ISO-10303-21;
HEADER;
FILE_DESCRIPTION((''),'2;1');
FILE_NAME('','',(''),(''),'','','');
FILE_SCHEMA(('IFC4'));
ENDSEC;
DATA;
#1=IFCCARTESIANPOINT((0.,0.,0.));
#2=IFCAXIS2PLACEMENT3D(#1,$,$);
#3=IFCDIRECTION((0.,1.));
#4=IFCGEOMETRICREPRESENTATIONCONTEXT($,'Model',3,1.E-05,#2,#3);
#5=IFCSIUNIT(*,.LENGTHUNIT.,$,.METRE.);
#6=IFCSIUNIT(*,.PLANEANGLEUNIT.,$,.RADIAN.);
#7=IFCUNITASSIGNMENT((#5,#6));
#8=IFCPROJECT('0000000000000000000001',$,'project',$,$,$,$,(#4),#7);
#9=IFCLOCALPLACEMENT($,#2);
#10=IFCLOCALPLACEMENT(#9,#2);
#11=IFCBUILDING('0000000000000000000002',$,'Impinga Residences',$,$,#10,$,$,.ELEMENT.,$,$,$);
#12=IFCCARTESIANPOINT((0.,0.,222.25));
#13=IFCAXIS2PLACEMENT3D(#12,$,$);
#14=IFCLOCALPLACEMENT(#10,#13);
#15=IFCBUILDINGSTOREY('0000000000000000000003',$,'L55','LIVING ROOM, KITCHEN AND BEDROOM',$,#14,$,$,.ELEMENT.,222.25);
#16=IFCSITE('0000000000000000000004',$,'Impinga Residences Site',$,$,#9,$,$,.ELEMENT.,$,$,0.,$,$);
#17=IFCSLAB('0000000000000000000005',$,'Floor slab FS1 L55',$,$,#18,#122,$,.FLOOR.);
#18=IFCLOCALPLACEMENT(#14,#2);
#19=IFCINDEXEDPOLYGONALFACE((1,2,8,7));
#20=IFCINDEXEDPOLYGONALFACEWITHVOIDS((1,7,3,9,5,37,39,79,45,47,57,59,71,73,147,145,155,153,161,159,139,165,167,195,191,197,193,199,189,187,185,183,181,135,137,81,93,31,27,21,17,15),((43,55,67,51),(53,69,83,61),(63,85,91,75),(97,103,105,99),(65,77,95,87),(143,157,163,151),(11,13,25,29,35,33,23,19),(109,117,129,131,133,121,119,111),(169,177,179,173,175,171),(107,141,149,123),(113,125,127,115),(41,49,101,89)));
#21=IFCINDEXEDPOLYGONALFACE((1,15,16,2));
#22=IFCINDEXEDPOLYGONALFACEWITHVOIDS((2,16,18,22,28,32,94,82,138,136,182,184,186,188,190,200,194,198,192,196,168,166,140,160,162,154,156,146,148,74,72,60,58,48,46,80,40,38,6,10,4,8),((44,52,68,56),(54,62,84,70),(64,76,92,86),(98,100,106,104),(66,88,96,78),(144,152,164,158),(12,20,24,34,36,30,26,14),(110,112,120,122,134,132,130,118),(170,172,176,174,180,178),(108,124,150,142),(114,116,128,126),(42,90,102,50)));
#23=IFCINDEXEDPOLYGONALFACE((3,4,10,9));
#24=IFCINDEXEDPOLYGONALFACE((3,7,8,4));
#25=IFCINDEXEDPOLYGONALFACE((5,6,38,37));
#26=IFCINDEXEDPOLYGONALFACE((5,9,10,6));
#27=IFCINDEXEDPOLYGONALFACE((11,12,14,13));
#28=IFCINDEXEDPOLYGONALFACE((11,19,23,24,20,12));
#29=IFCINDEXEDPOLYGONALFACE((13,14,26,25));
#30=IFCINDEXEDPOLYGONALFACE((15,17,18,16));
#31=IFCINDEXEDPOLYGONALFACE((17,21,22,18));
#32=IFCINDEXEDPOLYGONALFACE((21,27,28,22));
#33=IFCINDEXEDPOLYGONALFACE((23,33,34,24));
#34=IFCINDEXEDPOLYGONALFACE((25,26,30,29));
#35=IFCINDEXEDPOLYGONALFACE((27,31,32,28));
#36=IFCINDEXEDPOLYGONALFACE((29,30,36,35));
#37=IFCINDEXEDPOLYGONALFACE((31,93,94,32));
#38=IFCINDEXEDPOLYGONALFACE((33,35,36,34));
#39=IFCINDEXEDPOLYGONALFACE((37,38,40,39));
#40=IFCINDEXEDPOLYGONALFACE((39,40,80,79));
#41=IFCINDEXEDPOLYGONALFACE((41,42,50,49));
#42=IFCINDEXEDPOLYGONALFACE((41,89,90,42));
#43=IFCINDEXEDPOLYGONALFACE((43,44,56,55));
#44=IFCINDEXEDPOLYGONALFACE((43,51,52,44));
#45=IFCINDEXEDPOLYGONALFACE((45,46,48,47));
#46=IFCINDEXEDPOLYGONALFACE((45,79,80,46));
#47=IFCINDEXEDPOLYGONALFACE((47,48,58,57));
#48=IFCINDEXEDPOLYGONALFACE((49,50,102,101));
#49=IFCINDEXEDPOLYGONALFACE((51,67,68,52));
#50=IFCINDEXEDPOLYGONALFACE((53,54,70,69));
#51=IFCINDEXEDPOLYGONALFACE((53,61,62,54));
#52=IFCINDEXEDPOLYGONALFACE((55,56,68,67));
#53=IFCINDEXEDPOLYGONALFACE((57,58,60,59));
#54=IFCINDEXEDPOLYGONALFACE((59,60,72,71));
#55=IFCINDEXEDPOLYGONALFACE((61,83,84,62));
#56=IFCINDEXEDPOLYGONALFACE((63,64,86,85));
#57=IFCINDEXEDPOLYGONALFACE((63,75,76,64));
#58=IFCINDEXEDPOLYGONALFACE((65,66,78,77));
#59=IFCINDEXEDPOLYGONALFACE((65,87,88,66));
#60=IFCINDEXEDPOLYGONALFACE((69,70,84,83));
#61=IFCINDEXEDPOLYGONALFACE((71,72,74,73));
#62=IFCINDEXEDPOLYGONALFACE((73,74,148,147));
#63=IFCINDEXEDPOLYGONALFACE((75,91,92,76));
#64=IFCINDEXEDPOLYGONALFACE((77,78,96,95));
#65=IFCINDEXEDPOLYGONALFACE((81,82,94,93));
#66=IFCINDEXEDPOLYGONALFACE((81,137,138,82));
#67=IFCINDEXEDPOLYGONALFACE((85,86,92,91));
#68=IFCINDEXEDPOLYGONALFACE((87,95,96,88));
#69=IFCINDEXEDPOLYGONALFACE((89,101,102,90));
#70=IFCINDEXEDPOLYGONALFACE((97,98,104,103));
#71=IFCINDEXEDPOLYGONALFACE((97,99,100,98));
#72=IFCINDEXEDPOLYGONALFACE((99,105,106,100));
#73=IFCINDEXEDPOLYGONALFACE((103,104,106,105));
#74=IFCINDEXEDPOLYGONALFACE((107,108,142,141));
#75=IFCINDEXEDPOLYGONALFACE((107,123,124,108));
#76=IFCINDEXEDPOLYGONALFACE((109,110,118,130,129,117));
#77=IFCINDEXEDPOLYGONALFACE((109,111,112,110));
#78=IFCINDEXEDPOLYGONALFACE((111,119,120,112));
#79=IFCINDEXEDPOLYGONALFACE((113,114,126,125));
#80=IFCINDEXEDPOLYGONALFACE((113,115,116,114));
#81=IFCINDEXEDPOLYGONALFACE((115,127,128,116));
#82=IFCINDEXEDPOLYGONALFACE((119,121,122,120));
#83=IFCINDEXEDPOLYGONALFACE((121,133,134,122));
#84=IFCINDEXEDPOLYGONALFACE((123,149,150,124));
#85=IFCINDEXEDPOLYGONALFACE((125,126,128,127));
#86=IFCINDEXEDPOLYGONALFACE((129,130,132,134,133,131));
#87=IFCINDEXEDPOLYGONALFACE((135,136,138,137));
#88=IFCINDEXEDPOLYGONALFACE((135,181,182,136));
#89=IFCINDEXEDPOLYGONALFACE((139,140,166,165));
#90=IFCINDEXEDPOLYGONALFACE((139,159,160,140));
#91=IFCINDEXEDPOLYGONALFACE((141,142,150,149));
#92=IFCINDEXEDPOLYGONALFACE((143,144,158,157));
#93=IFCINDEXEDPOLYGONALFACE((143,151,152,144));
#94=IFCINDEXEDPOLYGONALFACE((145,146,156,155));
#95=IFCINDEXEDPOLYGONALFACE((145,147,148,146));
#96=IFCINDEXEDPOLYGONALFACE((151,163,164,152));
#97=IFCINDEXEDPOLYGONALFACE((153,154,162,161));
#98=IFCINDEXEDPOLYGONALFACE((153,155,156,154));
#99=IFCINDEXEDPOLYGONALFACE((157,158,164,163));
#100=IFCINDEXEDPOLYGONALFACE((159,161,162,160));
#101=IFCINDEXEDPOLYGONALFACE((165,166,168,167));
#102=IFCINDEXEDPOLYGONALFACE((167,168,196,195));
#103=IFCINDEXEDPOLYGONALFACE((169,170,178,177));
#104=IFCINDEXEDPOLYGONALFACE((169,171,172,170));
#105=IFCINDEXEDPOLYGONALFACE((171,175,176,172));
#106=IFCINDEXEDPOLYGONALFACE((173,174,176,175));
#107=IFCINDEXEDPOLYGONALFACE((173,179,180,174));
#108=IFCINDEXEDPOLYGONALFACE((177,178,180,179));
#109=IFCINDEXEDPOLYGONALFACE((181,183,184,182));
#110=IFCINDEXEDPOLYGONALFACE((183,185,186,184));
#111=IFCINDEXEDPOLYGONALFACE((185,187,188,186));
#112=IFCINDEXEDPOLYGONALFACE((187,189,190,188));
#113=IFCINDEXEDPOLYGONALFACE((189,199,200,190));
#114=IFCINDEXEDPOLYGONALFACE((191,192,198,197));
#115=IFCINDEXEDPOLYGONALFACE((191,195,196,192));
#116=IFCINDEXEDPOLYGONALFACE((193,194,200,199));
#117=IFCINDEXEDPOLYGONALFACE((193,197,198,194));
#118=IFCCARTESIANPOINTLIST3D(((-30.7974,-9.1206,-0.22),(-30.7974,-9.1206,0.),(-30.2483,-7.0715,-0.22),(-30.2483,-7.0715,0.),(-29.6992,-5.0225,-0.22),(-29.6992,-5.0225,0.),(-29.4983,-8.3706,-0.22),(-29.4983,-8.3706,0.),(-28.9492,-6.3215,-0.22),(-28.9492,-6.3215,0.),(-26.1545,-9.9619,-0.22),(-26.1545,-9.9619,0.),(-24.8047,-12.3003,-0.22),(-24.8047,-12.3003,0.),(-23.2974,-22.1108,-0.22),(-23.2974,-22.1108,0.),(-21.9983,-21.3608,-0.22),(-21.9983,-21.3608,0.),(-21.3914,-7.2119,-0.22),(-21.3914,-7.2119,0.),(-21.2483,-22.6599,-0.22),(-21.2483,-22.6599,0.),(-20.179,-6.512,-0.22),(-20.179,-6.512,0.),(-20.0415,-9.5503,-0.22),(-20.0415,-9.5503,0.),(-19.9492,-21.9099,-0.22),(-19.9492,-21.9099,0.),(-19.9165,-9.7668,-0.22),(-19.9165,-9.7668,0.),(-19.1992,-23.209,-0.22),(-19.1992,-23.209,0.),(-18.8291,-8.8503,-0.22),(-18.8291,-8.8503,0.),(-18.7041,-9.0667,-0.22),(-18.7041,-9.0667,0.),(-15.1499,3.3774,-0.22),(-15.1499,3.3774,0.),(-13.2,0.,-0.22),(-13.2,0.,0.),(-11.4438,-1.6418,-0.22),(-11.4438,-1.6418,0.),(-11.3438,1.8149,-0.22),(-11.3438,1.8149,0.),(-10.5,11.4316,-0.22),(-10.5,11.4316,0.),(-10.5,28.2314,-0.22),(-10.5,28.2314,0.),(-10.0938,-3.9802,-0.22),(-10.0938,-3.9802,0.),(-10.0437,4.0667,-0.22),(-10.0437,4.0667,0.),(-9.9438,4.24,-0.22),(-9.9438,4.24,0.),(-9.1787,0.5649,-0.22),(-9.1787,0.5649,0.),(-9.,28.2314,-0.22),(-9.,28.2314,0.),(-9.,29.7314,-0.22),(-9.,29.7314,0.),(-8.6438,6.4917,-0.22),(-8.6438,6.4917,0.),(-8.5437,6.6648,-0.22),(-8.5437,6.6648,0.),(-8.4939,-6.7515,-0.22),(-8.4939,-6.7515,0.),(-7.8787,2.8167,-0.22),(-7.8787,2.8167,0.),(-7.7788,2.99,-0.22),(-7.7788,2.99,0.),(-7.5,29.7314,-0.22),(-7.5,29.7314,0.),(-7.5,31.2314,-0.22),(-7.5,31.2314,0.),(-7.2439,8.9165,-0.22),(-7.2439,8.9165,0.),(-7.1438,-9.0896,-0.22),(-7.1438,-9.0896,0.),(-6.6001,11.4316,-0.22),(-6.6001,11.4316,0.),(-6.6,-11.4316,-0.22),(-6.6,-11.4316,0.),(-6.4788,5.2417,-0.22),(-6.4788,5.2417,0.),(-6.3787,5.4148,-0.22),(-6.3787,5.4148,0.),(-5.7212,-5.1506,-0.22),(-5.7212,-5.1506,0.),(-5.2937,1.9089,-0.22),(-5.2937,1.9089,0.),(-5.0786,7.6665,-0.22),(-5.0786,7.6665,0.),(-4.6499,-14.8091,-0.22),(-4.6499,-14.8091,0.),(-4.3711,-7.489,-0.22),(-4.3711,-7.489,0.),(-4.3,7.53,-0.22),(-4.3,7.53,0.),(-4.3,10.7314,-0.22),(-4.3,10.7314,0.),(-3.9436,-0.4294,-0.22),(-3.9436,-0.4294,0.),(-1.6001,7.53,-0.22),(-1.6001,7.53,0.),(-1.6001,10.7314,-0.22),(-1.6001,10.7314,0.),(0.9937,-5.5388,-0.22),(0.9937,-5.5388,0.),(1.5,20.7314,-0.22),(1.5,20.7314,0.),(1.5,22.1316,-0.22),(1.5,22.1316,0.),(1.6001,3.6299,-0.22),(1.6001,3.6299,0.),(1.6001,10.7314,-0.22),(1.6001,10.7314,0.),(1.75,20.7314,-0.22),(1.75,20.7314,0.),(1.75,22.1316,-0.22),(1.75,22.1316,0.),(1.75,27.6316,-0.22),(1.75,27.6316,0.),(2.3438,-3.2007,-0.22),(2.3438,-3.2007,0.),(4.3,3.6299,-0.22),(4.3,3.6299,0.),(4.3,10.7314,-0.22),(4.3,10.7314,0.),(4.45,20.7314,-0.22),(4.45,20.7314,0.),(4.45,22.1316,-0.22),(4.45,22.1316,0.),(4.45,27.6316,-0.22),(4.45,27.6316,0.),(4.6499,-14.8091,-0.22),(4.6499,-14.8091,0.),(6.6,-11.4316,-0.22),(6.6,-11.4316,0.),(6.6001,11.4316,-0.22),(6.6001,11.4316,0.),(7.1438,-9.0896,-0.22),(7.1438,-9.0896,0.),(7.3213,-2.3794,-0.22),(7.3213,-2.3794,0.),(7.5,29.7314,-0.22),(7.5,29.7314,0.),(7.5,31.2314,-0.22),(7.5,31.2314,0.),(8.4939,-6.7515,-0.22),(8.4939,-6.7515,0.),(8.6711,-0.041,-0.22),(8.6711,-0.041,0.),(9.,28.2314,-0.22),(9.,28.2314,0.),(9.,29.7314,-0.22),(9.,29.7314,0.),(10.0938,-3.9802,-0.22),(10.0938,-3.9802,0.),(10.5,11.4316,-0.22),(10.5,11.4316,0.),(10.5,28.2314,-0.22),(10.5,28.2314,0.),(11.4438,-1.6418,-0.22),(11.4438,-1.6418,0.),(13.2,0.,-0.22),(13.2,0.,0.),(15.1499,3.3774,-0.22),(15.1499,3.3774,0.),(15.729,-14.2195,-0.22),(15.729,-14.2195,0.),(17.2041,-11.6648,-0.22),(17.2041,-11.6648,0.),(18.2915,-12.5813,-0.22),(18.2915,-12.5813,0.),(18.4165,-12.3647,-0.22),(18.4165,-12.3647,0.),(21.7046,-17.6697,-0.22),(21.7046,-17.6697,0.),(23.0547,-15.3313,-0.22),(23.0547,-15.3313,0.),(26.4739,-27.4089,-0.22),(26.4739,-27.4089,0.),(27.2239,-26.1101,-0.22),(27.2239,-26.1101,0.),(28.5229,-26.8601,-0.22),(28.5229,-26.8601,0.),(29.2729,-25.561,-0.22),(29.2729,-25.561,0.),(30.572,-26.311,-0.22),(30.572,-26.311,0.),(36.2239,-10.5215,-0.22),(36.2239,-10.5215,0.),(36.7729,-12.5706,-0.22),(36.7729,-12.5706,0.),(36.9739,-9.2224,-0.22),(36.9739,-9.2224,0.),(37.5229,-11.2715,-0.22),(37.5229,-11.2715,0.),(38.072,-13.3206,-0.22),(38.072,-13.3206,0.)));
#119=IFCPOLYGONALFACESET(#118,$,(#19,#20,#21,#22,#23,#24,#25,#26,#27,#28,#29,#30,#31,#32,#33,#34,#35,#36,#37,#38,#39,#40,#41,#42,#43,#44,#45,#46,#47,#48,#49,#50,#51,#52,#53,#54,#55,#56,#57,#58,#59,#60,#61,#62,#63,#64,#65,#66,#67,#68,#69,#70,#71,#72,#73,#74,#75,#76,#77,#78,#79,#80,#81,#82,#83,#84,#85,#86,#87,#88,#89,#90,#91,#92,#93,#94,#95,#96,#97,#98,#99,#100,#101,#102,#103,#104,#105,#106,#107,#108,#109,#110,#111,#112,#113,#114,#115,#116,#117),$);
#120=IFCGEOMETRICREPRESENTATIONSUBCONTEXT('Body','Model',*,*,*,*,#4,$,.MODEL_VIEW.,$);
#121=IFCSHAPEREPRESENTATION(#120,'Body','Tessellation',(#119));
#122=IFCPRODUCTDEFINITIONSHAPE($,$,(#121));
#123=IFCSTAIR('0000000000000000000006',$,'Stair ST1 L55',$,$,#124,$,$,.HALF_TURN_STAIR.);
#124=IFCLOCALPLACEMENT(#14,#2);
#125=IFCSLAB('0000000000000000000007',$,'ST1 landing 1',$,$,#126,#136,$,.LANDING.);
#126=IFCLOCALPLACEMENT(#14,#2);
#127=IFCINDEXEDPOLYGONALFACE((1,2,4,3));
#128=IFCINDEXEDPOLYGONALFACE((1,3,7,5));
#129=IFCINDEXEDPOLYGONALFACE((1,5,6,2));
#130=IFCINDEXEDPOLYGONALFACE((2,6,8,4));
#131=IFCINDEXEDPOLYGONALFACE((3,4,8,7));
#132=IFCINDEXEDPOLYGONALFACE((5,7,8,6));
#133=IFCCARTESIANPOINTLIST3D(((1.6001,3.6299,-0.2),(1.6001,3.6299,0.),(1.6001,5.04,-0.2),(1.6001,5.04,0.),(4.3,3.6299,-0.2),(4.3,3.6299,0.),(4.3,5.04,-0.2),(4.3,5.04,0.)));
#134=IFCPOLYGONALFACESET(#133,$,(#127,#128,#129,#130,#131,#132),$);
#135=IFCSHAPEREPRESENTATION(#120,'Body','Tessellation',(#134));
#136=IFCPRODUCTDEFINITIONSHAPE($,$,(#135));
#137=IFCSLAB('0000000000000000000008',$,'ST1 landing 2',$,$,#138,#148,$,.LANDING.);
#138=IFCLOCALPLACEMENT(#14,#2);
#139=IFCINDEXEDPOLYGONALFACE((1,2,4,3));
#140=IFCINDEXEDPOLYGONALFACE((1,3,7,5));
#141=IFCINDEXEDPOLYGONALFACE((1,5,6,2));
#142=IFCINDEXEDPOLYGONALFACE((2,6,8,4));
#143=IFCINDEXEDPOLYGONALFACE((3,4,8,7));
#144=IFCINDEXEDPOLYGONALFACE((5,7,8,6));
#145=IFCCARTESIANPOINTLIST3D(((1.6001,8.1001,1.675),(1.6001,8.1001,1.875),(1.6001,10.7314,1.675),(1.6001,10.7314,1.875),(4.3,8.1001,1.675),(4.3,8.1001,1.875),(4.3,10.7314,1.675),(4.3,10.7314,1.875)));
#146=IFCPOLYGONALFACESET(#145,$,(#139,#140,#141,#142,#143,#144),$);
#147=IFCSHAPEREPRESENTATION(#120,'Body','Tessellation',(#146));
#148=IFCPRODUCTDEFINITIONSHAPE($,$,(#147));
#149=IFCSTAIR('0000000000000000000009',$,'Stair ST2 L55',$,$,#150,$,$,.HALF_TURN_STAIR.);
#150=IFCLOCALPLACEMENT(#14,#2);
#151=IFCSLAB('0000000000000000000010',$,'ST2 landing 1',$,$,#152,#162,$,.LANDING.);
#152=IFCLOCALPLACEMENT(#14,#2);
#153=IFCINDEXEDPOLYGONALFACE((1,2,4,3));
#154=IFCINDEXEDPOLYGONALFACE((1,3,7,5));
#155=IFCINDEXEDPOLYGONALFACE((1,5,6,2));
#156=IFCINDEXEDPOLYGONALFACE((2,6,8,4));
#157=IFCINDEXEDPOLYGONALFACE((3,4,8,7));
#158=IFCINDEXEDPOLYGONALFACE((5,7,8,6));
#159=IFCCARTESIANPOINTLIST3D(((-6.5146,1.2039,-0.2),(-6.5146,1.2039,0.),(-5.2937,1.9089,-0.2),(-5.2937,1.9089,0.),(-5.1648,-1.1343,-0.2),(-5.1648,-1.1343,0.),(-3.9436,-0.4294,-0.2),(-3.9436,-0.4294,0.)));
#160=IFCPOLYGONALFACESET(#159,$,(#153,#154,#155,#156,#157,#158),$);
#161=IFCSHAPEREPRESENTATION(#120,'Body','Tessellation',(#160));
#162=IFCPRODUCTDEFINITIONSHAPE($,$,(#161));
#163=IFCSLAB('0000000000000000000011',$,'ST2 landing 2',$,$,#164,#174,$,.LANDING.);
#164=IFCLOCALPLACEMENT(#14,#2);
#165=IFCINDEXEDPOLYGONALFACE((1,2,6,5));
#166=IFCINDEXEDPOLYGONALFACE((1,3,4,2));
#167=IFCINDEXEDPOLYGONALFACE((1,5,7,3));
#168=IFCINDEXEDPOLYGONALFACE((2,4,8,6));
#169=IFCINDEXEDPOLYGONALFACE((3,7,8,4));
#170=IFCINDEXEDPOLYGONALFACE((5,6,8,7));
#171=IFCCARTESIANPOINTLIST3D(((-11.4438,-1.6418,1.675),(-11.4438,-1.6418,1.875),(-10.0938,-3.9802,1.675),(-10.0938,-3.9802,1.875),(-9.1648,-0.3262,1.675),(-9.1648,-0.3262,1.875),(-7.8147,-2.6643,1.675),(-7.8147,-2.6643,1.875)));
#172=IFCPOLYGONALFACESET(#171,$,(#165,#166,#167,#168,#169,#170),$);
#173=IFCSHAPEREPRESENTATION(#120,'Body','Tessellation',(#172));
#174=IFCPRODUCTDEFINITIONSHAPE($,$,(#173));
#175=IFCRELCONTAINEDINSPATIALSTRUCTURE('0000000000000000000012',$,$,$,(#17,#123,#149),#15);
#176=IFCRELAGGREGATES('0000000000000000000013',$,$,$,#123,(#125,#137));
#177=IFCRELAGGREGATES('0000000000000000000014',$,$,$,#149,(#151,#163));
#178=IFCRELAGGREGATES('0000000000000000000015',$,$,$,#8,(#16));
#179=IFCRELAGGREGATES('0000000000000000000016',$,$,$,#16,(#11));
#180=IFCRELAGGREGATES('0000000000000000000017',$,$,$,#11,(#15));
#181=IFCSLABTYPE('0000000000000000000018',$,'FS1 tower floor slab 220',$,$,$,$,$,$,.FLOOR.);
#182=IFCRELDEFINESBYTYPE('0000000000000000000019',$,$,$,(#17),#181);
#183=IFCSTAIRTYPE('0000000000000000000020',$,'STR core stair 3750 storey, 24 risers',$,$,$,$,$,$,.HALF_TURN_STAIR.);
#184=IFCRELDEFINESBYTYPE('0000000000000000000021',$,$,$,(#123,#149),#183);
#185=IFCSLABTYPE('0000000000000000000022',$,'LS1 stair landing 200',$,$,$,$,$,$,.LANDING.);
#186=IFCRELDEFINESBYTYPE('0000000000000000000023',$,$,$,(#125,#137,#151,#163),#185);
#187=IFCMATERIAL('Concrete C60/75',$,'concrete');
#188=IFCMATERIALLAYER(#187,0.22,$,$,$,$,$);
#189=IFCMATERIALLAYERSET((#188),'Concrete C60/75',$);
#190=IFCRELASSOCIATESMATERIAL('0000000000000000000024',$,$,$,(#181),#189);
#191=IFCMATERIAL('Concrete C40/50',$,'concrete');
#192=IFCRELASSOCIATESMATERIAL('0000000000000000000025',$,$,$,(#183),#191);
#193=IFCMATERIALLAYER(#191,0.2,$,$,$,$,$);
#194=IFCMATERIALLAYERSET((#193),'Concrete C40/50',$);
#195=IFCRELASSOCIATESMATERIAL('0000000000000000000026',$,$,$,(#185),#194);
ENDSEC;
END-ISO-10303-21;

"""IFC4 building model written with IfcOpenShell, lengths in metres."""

from ifc_helpers import new_model, si_unit, direction, frame, origin, place, context, subcontext, project, spatial, polyline, outline, extrude, material, layer, layer_set, type_object, element, aggregate, save


model = new_model("IFC4")

# Units and contexts
model_context = context("Model", 3, precision=1e-05, world=origin(), true_north=direction((0.0, 1.0)))
body_context = subcontext(model_context, "Body", "Model", "MODEL_VIEW")
ifc_project = project(units=[si_unit("LENGTHUNIT", "METRE"), si_unit("PLANEANGLEUNIT", "RADIAN")], contexts=[model_context])

# Site, building, storey
site_placement = place(None, origin())
site = spatial("IfcSite", under=ifc_project, at=site_placement, Name="Impinga Residences Site", CompositionType="ELEMENT", RefElevation=0.0)
building_placement = place(site_placement, origin())
building = spatial("IfcBuilding", under=site, at=building_placement, Name="Impinga Residences", CompositionType="ELEMENT")
storey_placement = place(building_placement, frame((0.0, 0.0, 222.25)))
storey = spatial("IfcBuildingStorey", under=building, at=storey_placement, Name="L55", Description="LIVING ROOM, KITCHEN AND BEDROOM", CompositionType="ELEMENT", Elevation=222.25)

# Slab
ifc_material_1 = material(Name="Concrete C60/75", Category="concrete")
ifc_layer_1 = layer(ifc_material_1, 0.22)
ifc_layer_set_1 = layer_set([ifc_layer_1], Name="Concrete C60/75")
slab_type_1 = type_object("IfcSlabType", Name="FS1 tower floor slab 220", PredefinedType="FLOOR", material=ifc_layer_set_1)
slab_1_placement = place(storey_placement, frame((0.0, 0.0, -0.22)))
element("IfcSlab", 1, at=slab_1_placement, inside=storey, type_object=slab_type_1, Name="Floor slab FS1 L55", PredefinedType="FLOOR", context=body_context, shape_type="SweptSolid", body=[
    extrude(outline(polyline([(36.2239, -10.5215), (37.5229, -11.2715), (36.7729, -12.5706), (38.072, -13.3206), (30.572, -26.311), (29.2729, -25.561), (28.5229, -26.8601), (27.2239, -26.1101), (26.4739, -27.4089), (4.6499, -14.8091), (9.9001, -5.7158), (6.6001, -11.4316), (-6.6001, -11.4316), (-9.9001, -5.7158), (-4.6499, -14.8091), (-19.1992, -23.209), (-19.9492, -21.9099), (-21.2483, -22.6599), (-21.9983, -21.3608), (-23.2974, -22.1108), (-30.7974, -9.1206), (-29.4983, -8.3706), (-30.2483, -7.0715), (-28.9492, -6.3215), (-29.6992, -5.0225), (-15.1499, 3.3774), (-13.2, 0.0), (-6.6001, 11.4316), (-10.5, 11.4316), (-10.5, 28.2314), (-9.0, 28.2314), (-9.0, 29.7314), (-7.5, 29.7314), (-7.5, 31.2314), (7.5, 31.2314), (7.5, 29.7314), (9.0, 29.7314), (9.0, 28.2314), (10.5, 28.2314), (10.5, 11.4316), (6.6001, 11.4316), (13.2, 0.0), (15.1499, 3.3774), (36.9739, -9.2224), (36.2239, -10.5215)]), holes=[polyline([(-18.7041, -9.0667), (-18.8291, -8.8503), (-18.8291, -8.8503), (-20.179, -6.512), (-21.3914, -7.2119), (-21.3914, -7.2119), (-26.1545, -9.9619), (-24.8047, -12.3003), (-20.0415, -9.5503), (-19.9165, -9.7668), (-18.7041, -9.0667)]), polyline([(-5.7212, -5.1506), (-8.4939, -6.7515), (-7.1438, -9.0896), (-4.3711, -7.489), (-5.7212, -5.1506)]), polyline([(-5.2937, 1.9089), (-11.4438, -1.6418), (-10.0938, -3.9802), (-3.9436, -0.4294), (-5.2937, 1.9089)]), polyline([(-7.8787, 2.8167), (-10.0437, 4.0667), (-11.3438, 1.8149), (-9.1787, 0.5649), (-7.8787, 2.8167)]), polyline([(-6.4788, 5.2417), (-8.6438, 6.4917), (-9.9438, 4.24), (-7.7788, 2.99), (-6.4788, 5.2417)]), polyline([(-6.3787, 5.4148), (-5.0786, 7.6665), (-7.2439, 8.9165), (-8.5437, 6.6648), (-6.3787, 5.4148)]), polyline([(-4.3, 7.53), (-1.6001, 7.53), (-1.6001, 10.7314), (-4.3, 10.7314), (-4.3, 7.53)]), polyline([(15.729, -14.2195), (21.7046, -17.6697), (23.0547, -15.3313), (18.2915, -12.5813), (18.4165, -12.3647), (17.2041, -11.6648), (15.729, -14.2195)]), polyline([(0.9937, -5.5388), (7.1438, -9.0896), (8.4939, -6.7515), (2.3438, -3.2007), (0.9937, -5.5388)]), polyline([(7.3213, -2.3794), (10.0938, -3.9802), (11.4438, -1.6418), (8.6711, -0.041), (7.3213, -2.3794)]), polyline([(4.3, 3.6299), (4.3, 10.7314), (1.6001, 10.7314), (1.6001, 3.6299), (4.3, 3.6299)]), polyline([(1.75, 22.1316), (1.5, 22.1316), (1.5, 20.7314), (1.75, 20.7314), (4.45, 20.7314), (4.45, 22.1316), (4.45, 27.6316), (1.75, 27.6316), (1.75, 22.1316)])]), origin(), (0.0, 0.0, 1.0), 0.22),
])

# Stairs, slabs
ifc_material_2 = material(Name="Concrete C40/50", Category="concrete")
stair_type_1 = type_object("IfcStairType", Name="STR core stair 3750 storey, 24 risers", PredefinedType="HALF_TURN_STAIR", material=ifc_material_2)
stair_1_placement = place(storey_placement, origin())
stair_1 = element("IfcStair", 2, at=stair_1_placement, inside=storey, type_object=stair_type_1, Name="Stair ST1 L55", PredefinedType="HALF_TURN_STAIR")
ifc_layer_2 = layer(ifc_material_2, 0.2)
ifc_layer_set_2 = layer_set([ifc_layer_2], Name="Concrete C40/50")
slab_type_2 = type_object("IfcSlabType", Name="LS1 stair landing 200", PredefinedType="LANDING", material=ifc_layer_set_2)
slab_2_placement = place(storey_placement, frame((0.0, 0.0, -0.2)))
slab_2 = element("IfcSlab", 3, at=slab_2_placement, type_object=slab_type_2, Name="ST1 landing 1", PredefinedType="LANDING", context=body_context, shape_type="SweptSolid", body=[
    extrude(outline(polyline([(1.6001, 3.6299), (4.3, 3.6299), (4.3, 5.04), (1.6001, 5.04), (1.6001, 3.6299)])), origin(), (0.0, 0.0, 1.0), 0.2),
])
slab_3_placement = place(storey_placement, frame((0.0, 0.0, 1.675)))
slab_3 = element("IfcSlab", 4, at=slab_3_placement, type_object=slab_type_2, Name="ST1 landing 2", PredefinedType="LANDING", context=body_context, shape_type="SweptSolid", body=[
    extrude(outline(polyline([(1.6001, 8.1001), (4.3, 8.1001), (4.3, 10.7314), (1.6001, 10.7314), (1.6001, 8.1001)])), origin(), (0.0, 0.0, 1.0), 0.2),
])
aggregate(stair_1, [slab_2, slab_3])
stair_2_placement = place(storey_placement, origin())
stair_2 = element("IfcStair", 5, at=stair_2_placement, inside=storey, type_object=stair_type_1, Name="Stair ST2 L55", PredefinedType="HALF_TURN_STAIR")
slab_4_placement = place(storey_placement, frame((0.0, 0.0, -0.2)))
slab_4 = element("IfcSlab", 6, at=slab_4_placement, type_object=slab_type_2, Name="ST2 landing 1", PredefinedType="LANDING", context=body_context, shape_type="SweptSolid", body=[
    extrude(outline(polyline([(-3.9436, -0.4294), (-5.2937, 1.9089), (-6.5146, 1.2039), (-5.1648, -1.1343), (-3.9436, -0.4294)])), origin(), (0.0, 0.0, 1.0), 0.2),
])
slab_5_placement = place(storey_placement, frame((0.0, 0.0, 1.675)))
slab_5 = element("IfcSlab", 7, at=slab_5_placement, type_object=slab_type_2, Name="ST2 landing 2", PredefinedType="LANDING", context=body_context, shape_type="SweptSolid", body=[
    extrude(outline(polyline([(-7.8147, -2.6643), (-9.1648, -0.3262), (-11.4438, -1.6418), (-10.0938, -3.9802), (-7.8147, -2.6643)])), origin(), (0.0, 0.0, 1.0), 0.2),
])
aggregate(stair_2, [slab_4, slab_5])

save(model, "model.ifc")
